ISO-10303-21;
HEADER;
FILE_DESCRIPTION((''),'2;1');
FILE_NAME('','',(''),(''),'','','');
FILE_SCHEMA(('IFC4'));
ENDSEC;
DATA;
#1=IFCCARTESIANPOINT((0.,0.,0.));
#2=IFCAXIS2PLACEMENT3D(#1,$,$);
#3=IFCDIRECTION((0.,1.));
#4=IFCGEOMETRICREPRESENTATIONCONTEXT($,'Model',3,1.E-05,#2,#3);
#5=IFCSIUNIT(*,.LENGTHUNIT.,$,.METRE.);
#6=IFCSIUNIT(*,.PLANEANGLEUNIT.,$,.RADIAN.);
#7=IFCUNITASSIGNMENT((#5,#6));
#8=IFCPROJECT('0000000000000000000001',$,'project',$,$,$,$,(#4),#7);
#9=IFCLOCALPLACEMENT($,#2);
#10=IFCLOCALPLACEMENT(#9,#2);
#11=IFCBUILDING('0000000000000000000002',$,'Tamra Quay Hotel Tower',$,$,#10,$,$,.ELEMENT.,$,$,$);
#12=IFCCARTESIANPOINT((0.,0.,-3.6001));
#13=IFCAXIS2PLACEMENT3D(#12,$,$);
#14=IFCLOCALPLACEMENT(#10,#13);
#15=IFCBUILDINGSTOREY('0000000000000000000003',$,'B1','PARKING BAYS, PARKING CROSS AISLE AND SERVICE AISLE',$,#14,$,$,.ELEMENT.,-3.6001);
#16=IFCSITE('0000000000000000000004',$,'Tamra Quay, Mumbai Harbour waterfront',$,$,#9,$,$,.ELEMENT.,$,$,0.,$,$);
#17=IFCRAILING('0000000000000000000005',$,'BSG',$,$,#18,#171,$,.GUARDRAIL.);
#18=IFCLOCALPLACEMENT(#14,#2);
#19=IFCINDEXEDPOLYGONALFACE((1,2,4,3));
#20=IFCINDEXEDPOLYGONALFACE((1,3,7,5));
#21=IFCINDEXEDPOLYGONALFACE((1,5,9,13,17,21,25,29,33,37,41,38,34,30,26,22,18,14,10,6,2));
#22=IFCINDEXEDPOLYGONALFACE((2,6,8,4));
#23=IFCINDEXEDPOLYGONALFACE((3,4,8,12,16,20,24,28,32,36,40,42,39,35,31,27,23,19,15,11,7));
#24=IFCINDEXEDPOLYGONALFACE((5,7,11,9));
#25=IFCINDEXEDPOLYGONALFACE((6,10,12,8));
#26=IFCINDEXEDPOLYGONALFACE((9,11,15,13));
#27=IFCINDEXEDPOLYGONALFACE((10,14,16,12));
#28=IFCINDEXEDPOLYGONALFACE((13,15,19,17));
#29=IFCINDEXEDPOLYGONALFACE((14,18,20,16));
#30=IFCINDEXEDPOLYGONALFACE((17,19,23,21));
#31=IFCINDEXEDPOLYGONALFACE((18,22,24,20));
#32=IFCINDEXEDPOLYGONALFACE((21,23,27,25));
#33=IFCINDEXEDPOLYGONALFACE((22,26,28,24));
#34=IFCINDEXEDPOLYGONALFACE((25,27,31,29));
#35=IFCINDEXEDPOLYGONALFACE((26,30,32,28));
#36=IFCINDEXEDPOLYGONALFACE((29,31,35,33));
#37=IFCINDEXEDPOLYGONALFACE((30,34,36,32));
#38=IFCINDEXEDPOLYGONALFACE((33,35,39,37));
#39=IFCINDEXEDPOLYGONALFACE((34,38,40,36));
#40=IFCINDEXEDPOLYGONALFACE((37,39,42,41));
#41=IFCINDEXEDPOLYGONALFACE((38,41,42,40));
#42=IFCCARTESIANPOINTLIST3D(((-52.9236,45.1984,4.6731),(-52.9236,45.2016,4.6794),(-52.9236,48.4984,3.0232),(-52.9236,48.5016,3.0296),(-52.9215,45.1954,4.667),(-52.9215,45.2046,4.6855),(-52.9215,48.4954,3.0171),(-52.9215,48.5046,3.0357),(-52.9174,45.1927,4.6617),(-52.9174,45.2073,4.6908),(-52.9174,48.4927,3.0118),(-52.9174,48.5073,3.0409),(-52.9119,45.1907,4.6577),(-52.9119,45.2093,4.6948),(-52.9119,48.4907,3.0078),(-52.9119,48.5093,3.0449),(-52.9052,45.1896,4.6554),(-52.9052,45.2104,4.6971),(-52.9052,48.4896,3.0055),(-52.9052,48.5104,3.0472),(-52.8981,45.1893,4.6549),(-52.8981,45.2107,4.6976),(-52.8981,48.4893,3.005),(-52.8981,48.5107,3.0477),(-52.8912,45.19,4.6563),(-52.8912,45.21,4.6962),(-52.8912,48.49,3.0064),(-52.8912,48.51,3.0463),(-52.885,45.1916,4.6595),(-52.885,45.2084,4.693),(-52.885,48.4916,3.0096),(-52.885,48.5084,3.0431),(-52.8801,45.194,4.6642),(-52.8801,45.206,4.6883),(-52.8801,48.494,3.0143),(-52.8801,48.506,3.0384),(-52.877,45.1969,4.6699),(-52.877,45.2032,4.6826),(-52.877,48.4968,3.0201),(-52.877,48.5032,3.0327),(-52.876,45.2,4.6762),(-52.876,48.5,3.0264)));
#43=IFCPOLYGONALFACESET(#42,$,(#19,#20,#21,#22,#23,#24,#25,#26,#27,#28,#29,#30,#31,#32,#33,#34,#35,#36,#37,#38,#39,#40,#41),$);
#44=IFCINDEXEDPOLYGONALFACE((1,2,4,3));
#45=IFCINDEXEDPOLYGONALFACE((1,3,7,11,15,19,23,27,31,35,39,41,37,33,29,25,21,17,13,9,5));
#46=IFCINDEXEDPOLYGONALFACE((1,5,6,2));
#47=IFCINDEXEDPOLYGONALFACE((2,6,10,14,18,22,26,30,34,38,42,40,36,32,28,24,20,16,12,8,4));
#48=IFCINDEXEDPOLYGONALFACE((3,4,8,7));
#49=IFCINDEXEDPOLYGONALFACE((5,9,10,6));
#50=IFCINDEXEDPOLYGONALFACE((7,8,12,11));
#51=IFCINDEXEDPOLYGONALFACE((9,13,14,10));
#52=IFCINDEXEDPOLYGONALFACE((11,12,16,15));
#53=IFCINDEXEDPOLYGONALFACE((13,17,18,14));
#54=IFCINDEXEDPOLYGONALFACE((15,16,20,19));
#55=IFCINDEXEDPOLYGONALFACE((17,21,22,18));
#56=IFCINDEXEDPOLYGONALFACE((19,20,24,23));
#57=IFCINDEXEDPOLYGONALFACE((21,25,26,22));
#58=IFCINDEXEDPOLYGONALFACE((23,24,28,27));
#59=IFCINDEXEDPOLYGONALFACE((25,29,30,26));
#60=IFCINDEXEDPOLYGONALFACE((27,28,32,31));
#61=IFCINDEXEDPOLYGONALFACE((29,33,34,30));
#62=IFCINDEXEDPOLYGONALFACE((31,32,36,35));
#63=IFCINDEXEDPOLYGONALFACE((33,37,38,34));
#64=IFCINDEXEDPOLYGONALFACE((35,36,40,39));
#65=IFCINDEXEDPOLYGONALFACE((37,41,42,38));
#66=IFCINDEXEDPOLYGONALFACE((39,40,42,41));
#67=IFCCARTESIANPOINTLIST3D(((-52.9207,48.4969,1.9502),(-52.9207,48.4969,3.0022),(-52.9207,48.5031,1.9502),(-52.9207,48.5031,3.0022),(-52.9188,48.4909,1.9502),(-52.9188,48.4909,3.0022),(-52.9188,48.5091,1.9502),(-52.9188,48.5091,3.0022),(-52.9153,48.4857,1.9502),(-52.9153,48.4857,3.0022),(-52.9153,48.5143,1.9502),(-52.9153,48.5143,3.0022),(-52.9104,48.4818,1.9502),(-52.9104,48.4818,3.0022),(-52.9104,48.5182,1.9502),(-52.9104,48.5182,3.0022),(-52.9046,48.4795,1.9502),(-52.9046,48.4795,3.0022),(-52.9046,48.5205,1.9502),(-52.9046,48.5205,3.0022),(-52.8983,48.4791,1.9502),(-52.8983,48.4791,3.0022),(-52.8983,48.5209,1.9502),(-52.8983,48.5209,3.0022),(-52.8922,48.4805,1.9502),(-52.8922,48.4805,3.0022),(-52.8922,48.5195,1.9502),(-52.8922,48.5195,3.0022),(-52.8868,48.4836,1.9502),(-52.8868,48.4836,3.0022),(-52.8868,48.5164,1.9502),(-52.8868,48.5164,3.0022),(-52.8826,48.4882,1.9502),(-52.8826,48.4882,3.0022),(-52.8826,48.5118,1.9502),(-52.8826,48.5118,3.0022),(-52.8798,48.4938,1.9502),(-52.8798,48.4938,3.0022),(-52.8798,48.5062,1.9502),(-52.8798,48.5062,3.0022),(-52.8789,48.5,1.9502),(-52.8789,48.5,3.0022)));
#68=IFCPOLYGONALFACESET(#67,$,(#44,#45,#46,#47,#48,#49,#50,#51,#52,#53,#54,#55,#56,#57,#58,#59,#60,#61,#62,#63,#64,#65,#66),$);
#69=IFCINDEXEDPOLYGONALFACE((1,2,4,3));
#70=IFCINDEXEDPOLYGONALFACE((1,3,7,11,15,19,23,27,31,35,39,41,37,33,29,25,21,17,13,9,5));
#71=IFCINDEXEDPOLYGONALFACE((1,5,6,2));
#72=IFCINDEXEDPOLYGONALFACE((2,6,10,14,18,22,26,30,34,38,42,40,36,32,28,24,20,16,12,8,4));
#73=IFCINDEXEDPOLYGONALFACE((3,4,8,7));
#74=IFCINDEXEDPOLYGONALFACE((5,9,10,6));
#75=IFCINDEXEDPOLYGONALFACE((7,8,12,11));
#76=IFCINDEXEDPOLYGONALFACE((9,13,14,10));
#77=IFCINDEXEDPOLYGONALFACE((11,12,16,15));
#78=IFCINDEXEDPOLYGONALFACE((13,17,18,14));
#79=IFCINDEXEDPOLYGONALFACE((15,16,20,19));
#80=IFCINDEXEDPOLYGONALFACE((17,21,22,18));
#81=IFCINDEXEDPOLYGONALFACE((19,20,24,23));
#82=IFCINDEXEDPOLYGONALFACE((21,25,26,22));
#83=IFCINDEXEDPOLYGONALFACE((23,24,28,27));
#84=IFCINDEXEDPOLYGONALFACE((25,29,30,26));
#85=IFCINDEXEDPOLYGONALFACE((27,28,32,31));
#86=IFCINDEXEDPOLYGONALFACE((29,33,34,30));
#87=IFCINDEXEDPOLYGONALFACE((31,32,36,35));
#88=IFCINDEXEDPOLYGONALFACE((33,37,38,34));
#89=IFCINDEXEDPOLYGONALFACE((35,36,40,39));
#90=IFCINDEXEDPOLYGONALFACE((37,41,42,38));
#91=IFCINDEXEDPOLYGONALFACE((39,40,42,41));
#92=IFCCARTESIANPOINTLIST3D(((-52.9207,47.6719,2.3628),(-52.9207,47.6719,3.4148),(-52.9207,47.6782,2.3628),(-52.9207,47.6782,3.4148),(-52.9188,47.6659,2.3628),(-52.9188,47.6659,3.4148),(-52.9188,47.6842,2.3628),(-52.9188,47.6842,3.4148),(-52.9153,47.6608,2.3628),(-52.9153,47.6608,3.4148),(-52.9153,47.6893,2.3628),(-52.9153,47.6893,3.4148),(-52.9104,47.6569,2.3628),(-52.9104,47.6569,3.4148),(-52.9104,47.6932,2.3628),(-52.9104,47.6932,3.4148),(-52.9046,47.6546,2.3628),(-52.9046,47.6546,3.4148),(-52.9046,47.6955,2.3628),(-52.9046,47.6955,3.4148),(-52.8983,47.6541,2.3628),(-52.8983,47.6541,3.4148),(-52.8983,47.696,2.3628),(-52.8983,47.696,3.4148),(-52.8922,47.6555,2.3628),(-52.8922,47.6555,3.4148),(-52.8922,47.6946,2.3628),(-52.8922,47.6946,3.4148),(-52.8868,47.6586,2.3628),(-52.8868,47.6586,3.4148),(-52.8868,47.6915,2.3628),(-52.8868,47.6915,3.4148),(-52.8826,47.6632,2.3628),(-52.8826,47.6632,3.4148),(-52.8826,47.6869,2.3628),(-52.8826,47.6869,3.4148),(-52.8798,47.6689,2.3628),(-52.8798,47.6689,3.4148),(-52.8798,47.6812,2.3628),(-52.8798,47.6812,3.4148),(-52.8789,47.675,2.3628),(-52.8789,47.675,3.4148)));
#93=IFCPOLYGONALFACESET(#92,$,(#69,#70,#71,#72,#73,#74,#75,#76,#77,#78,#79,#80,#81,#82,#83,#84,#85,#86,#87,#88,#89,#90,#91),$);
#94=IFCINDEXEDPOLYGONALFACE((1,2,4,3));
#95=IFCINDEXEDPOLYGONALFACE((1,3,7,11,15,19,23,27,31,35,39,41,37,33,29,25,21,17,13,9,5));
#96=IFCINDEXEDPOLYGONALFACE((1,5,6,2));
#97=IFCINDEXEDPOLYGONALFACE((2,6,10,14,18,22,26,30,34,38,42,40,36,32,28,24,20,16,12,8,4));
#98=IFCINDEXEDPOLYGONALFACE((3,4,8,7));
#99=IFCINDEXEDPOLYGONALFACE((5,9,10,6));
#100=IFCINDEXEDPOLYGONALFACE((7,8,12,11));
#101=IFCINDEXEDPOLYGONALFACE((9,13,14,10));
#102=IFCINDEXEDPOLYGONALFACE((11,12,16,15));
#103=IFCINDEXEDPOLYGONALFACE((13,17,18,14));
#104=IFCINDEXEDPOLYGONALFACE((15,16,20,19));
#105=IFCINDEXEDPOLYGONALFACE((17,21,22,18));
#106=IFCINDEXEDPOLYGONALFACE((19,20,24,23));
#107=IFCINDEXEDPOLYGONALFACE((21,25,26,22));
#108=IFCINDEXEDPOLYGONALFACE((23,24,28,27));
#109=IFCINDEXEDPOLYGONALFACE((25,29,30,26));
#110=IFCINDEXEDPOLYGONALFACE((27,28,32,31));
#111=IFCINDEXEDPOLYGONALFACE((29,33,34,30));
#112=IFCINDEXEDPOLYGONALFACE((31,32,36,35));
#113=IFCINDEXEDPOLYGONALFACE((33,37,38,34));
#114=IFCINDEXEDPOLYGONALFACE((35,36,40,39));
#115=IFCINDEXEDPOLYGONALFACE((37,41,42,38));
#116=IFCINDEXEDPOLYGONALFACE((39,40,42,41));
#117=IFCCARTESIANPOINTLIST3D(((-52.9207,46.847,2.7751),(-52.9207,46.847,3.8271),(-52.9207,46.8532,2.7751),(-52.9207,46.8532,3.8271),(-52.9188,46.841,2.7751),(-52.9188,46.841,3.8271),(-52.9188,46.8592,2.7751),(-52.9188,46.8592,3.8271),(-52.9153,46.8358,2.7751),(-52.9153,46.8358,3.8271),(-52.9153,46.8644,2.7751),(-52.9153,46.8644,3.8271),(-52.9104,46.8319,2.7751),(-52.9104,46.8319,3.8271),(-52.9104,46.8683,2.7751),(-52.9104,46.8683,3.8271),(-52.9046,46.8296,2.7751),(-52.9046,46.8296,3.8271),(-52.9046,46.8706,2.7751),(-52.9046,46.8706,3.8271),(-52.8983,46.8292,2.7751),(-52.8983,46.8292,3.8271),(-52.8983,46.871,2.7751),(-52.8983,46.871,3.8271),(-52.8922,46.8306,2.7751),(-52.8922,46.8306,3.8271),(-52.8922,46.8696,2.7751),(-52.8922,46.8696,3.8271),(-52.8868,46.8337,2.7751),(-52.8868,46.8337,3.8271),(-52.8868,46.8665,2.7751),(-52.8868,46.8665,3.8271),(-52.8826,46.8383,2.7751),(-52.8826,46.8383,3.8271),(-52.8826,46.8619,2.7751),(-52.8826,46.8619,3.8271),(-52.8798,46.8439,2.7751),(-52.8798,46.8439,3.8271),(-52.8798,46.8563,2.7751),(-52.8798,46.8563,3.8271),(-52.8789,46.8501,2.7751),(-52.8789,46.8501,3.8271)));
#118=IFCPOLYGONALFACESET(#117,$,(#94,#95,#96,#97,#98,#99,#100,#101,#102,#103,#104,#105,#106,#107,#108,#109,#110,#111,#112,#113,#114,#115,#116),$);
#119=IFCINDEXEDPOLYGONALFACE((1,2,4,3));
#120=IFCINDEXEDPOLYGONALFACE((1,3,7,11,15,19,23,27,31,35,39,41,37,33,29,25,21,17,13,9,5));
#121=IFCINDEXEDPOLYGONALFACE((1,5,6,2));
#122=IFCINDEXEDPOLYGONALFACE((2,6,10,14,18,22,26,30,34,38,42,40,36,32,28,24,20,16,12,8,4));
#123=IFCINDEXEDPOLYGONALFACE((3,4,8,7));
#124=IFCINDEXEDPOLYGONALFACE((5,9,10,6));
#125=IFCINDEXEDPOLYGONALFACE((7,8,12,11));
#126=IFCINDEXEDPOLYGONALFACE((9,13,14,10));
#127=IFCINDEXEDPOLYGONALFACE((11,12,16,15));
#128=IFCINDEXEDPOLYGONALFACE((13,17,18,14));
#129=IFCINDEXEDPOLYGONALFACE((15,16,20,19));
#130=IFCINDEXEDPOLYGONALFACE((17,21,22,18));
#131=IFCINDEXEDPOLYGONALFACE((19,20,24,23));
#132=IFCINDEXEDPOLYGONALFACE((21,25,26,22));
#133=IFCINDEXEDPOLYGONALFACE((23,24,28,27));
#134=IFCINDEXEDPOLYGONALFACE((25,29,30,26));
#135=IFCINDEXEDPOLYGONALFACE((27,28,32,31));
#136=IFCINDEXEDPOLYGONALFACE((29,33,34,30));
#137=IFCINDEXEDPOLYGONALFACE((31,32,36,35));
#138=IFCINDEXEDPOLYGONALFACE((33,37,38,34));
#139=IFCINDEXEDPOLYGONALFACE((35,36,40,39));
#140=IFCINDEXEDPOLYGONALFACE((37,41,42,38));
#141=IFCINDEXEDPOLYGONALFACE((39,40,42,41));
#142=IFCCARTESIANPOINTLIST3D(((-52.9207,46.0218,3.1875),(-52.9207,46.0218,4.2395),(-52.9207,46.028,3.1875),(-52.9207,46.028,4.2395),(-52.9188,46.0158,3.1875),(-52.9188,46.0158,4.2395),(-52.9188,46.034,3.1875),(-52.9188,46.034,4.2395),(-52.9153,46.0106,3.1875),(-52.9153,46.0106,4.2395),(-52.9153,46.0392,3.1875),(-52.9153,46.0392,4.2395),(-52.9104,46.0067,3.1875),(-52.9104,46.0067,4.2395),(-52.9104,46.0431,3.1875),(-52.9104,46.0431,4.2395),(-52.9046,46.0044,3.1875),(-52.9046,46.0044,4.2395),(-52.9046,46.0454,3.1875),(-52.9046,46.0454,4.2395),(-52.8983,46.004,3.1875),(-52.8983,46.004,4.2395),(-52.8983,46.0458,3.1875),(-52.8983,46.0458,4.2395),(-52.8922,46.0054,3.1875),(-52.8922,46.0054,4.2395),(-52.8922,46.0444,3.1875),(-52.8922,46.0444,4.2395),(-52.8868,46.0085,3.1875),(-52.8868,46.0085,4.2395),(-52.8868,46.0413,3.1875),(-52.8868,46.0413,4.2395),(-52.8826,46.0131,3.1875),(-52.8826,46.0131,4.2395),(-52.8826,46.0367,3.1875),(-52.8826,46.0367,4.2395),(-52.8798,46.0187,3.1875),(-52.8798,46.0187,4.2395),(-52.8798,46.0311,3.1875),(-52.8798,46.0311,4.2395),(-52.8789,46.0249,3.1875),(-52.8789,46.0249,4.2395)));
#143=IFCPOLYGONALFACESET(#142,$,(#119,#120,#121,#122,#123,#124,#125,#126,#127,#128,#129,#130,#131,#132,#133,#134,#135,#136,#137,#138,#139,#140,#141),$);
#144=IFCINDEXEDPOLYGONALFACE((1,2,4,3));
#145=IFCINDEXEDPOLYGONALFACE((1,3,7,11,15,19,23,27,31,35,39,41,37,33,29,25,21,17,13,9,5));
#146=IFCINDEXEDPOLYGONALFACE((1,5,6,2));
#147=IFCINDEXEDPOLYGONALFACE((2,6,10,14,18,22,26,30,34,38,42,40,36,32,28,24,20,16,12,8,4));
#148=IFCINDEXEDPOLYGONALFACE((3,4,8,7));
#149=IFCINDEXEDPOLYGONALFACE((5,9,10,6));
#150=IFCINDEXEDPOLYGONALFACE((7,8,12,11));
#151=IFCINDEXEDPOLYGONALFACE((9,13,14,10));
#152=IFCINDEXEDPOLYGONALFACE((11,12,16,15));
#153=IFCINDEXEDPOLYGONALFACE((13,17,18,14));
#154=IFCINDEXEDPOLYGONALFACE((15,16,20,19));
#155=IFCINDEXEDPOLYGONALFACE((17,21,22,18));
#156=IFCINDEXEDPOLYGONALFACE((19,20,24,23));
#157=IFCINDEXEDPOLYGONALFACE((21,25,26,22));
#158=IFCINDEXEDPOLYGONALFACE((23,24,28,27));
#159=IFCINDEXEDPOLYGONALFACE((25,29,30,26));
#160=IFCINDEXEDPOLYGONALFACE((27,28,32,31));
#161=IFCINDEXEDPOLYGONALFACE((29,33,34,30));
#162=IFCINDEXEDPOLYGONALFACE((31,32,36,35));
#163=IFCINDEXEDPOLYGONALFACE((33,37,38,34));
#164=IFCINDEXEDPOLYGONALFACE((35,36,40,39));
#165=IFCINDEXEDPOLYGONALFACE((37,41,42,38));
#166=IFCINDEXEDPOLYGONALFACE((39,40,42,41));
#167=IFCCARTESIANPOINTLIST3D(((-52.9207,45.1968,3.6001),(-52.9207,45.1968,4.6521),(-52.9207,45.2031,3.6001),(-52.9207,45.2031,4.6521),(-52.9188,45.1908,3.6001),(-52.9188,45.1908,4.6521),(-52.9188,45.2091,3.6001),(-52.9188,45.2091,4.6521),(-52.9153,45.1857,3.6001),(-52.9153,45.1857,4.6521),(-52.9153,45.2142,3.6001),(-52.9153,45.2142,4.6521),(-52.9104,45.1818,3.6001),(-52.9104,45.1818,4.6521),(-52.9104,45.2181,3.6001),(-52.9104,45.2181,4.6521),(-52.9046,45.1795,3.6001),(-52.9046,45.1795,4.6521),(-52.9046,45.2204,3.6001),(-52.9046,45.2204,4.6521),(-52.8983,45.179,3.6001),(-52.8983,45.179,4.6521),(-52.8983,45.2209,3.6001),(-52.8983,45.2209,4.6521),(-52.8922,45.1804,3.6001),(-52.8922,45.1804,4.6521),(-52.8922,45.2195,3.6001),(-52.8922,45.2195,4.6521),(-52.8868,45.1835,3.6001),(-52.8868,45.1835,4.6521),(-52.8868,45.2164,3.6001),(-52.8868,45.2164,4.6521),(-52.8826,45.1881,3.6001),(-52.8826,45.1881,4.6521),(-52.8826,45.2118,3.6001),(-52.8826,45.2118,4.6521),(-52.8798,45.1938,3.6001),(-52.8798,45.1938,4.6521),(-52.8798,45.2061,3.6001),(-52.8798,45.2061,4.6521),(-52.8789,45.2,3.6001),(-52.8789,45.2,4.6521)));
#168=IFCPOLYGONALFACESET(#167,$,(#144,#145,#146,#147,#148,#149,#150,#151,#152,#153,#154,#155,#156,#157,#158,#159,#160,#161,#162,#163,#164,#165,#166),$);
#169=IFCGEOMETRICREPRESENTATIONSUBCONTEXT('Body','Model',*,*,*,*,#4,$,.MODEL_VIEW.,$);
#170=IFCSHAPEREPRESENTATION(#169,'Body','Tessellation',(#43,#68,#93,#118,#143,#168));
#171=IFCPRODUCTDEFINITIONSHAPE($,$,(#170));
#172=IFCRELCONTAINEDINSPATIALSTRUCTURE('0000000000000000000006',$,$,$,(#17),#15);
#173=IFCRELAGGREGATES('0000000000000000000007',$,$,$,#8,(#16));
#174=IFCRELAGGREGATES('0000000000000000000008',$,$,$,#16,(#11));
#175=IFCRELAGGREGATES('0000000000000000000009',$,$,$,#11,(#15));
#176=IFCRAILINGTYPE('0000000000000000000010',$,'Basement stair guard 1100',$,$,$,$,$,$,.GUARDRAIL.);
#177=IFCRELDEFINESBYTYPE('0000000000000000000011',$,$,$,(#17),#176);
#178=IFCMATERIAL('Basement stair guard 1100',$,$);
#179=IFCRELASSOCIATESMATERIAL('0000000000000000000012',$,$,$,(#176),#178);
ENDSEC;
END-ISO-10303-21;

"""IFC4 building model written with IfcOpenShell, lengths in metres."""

from ifc_helpers import new_model, si_unit, direction, frame, origin, origin_2d, place, context, subcontext, project, spatial, circle, extrude, material, type_object, element, save


model = new_model("IFC4")

# Units and contexts
model_context = context("Model", 3, precision=1e-05, world=origin(), true_north=direction((0.0, 1.0)))
body_context = subcontext(model_context, "Body", "Model", "MODEL_VIEW")
ifc_project = project(units=[si_unit("LENGTHUNIT", "METRE"), si_unit("PLANEANGLEUNIT", "RADIAN")], contexts=[model_context])

# Site, building, storey
site_placement = place(None, origin())
site = spatial("IfcSite", under=ifc_project, at=site_placement, Name="Tamra Quay, Mumbai Harbour waterfront", CompositionType="ELEMENT", RefElevation=0.0)
building_placement = place(site_placement, origin())
building = spatial("IfcBuilding", under=site, at=building_placement, Name="Tamra Quay Hotel Tower", CompositionType="ELEMENT")
storey_placement = place(building_placement, frame((0.0, 0.0, -3.6001)))
storey = spatial("IfcBuildingStorey", under=building, at=storey_placement, Name="B1", Description="PARKING BAYS, PARKING CROSS AISLE AND SERVICE AISLE", CompositionType="ELEMENT", Elevation=-3.6001)

# Railing
ifc_material_1 = material(Name="Basement stair guard 1100")
railing_type_1 = type_object("IfcRailingType", Name="Basement stair guard 1100", PredefinedType="GUARDRAIL", material=ifc_material_1)
railing_1_placement = place(storey_placement, frame((-52.8999, 48.5, 1.9502)))
element("IfcRailing", 1, at=railing_1_placement, inside=storey, type_object=railing_type_1, Name="BSG", PredefinedType="GUARDRAIL", context=body_context, shape_type="SweptSolid", body=[
    extrude(circle(Radius=0.0239, at=origin_2d()), frame((0.0, 0.0, 1.0762), z_axis=(0.0, -0.89444, 0.447187), x_axis=(1.0, 0.0, 0.0)), (0.0, 0.0, 1.0), 3.6895),
    extrude(circle(Radius=0.021, at=origin_2d()), origin(), (0.0, 0.0, 1.0), 1.052),
    extrude(circle(Radius=0.021, at=origin_2d()), frame((0.0, -0.825, 0.4126)), (0.0, 0.0, 1.0), 1.052),
    extrude(circle(Radius=0.021, at=origin_2d()), frame((0.0, -1.6499, 0.825)), (0.0, 0.0, 1.0), 1.052),
    extrude(circle(Radius=0.021, at=origin_2d()), frame((0.0, -2.4751, 1.2373)), (0.0, 0.0, 1.0), 1.052),
    extrude(circle(Radius=0.021, at=origin_2d()), frame((0.0, -3.3, 1.6499)), (0.0, 0.0, 1.0), 1.052),
])

save(model, "model.ifc")
